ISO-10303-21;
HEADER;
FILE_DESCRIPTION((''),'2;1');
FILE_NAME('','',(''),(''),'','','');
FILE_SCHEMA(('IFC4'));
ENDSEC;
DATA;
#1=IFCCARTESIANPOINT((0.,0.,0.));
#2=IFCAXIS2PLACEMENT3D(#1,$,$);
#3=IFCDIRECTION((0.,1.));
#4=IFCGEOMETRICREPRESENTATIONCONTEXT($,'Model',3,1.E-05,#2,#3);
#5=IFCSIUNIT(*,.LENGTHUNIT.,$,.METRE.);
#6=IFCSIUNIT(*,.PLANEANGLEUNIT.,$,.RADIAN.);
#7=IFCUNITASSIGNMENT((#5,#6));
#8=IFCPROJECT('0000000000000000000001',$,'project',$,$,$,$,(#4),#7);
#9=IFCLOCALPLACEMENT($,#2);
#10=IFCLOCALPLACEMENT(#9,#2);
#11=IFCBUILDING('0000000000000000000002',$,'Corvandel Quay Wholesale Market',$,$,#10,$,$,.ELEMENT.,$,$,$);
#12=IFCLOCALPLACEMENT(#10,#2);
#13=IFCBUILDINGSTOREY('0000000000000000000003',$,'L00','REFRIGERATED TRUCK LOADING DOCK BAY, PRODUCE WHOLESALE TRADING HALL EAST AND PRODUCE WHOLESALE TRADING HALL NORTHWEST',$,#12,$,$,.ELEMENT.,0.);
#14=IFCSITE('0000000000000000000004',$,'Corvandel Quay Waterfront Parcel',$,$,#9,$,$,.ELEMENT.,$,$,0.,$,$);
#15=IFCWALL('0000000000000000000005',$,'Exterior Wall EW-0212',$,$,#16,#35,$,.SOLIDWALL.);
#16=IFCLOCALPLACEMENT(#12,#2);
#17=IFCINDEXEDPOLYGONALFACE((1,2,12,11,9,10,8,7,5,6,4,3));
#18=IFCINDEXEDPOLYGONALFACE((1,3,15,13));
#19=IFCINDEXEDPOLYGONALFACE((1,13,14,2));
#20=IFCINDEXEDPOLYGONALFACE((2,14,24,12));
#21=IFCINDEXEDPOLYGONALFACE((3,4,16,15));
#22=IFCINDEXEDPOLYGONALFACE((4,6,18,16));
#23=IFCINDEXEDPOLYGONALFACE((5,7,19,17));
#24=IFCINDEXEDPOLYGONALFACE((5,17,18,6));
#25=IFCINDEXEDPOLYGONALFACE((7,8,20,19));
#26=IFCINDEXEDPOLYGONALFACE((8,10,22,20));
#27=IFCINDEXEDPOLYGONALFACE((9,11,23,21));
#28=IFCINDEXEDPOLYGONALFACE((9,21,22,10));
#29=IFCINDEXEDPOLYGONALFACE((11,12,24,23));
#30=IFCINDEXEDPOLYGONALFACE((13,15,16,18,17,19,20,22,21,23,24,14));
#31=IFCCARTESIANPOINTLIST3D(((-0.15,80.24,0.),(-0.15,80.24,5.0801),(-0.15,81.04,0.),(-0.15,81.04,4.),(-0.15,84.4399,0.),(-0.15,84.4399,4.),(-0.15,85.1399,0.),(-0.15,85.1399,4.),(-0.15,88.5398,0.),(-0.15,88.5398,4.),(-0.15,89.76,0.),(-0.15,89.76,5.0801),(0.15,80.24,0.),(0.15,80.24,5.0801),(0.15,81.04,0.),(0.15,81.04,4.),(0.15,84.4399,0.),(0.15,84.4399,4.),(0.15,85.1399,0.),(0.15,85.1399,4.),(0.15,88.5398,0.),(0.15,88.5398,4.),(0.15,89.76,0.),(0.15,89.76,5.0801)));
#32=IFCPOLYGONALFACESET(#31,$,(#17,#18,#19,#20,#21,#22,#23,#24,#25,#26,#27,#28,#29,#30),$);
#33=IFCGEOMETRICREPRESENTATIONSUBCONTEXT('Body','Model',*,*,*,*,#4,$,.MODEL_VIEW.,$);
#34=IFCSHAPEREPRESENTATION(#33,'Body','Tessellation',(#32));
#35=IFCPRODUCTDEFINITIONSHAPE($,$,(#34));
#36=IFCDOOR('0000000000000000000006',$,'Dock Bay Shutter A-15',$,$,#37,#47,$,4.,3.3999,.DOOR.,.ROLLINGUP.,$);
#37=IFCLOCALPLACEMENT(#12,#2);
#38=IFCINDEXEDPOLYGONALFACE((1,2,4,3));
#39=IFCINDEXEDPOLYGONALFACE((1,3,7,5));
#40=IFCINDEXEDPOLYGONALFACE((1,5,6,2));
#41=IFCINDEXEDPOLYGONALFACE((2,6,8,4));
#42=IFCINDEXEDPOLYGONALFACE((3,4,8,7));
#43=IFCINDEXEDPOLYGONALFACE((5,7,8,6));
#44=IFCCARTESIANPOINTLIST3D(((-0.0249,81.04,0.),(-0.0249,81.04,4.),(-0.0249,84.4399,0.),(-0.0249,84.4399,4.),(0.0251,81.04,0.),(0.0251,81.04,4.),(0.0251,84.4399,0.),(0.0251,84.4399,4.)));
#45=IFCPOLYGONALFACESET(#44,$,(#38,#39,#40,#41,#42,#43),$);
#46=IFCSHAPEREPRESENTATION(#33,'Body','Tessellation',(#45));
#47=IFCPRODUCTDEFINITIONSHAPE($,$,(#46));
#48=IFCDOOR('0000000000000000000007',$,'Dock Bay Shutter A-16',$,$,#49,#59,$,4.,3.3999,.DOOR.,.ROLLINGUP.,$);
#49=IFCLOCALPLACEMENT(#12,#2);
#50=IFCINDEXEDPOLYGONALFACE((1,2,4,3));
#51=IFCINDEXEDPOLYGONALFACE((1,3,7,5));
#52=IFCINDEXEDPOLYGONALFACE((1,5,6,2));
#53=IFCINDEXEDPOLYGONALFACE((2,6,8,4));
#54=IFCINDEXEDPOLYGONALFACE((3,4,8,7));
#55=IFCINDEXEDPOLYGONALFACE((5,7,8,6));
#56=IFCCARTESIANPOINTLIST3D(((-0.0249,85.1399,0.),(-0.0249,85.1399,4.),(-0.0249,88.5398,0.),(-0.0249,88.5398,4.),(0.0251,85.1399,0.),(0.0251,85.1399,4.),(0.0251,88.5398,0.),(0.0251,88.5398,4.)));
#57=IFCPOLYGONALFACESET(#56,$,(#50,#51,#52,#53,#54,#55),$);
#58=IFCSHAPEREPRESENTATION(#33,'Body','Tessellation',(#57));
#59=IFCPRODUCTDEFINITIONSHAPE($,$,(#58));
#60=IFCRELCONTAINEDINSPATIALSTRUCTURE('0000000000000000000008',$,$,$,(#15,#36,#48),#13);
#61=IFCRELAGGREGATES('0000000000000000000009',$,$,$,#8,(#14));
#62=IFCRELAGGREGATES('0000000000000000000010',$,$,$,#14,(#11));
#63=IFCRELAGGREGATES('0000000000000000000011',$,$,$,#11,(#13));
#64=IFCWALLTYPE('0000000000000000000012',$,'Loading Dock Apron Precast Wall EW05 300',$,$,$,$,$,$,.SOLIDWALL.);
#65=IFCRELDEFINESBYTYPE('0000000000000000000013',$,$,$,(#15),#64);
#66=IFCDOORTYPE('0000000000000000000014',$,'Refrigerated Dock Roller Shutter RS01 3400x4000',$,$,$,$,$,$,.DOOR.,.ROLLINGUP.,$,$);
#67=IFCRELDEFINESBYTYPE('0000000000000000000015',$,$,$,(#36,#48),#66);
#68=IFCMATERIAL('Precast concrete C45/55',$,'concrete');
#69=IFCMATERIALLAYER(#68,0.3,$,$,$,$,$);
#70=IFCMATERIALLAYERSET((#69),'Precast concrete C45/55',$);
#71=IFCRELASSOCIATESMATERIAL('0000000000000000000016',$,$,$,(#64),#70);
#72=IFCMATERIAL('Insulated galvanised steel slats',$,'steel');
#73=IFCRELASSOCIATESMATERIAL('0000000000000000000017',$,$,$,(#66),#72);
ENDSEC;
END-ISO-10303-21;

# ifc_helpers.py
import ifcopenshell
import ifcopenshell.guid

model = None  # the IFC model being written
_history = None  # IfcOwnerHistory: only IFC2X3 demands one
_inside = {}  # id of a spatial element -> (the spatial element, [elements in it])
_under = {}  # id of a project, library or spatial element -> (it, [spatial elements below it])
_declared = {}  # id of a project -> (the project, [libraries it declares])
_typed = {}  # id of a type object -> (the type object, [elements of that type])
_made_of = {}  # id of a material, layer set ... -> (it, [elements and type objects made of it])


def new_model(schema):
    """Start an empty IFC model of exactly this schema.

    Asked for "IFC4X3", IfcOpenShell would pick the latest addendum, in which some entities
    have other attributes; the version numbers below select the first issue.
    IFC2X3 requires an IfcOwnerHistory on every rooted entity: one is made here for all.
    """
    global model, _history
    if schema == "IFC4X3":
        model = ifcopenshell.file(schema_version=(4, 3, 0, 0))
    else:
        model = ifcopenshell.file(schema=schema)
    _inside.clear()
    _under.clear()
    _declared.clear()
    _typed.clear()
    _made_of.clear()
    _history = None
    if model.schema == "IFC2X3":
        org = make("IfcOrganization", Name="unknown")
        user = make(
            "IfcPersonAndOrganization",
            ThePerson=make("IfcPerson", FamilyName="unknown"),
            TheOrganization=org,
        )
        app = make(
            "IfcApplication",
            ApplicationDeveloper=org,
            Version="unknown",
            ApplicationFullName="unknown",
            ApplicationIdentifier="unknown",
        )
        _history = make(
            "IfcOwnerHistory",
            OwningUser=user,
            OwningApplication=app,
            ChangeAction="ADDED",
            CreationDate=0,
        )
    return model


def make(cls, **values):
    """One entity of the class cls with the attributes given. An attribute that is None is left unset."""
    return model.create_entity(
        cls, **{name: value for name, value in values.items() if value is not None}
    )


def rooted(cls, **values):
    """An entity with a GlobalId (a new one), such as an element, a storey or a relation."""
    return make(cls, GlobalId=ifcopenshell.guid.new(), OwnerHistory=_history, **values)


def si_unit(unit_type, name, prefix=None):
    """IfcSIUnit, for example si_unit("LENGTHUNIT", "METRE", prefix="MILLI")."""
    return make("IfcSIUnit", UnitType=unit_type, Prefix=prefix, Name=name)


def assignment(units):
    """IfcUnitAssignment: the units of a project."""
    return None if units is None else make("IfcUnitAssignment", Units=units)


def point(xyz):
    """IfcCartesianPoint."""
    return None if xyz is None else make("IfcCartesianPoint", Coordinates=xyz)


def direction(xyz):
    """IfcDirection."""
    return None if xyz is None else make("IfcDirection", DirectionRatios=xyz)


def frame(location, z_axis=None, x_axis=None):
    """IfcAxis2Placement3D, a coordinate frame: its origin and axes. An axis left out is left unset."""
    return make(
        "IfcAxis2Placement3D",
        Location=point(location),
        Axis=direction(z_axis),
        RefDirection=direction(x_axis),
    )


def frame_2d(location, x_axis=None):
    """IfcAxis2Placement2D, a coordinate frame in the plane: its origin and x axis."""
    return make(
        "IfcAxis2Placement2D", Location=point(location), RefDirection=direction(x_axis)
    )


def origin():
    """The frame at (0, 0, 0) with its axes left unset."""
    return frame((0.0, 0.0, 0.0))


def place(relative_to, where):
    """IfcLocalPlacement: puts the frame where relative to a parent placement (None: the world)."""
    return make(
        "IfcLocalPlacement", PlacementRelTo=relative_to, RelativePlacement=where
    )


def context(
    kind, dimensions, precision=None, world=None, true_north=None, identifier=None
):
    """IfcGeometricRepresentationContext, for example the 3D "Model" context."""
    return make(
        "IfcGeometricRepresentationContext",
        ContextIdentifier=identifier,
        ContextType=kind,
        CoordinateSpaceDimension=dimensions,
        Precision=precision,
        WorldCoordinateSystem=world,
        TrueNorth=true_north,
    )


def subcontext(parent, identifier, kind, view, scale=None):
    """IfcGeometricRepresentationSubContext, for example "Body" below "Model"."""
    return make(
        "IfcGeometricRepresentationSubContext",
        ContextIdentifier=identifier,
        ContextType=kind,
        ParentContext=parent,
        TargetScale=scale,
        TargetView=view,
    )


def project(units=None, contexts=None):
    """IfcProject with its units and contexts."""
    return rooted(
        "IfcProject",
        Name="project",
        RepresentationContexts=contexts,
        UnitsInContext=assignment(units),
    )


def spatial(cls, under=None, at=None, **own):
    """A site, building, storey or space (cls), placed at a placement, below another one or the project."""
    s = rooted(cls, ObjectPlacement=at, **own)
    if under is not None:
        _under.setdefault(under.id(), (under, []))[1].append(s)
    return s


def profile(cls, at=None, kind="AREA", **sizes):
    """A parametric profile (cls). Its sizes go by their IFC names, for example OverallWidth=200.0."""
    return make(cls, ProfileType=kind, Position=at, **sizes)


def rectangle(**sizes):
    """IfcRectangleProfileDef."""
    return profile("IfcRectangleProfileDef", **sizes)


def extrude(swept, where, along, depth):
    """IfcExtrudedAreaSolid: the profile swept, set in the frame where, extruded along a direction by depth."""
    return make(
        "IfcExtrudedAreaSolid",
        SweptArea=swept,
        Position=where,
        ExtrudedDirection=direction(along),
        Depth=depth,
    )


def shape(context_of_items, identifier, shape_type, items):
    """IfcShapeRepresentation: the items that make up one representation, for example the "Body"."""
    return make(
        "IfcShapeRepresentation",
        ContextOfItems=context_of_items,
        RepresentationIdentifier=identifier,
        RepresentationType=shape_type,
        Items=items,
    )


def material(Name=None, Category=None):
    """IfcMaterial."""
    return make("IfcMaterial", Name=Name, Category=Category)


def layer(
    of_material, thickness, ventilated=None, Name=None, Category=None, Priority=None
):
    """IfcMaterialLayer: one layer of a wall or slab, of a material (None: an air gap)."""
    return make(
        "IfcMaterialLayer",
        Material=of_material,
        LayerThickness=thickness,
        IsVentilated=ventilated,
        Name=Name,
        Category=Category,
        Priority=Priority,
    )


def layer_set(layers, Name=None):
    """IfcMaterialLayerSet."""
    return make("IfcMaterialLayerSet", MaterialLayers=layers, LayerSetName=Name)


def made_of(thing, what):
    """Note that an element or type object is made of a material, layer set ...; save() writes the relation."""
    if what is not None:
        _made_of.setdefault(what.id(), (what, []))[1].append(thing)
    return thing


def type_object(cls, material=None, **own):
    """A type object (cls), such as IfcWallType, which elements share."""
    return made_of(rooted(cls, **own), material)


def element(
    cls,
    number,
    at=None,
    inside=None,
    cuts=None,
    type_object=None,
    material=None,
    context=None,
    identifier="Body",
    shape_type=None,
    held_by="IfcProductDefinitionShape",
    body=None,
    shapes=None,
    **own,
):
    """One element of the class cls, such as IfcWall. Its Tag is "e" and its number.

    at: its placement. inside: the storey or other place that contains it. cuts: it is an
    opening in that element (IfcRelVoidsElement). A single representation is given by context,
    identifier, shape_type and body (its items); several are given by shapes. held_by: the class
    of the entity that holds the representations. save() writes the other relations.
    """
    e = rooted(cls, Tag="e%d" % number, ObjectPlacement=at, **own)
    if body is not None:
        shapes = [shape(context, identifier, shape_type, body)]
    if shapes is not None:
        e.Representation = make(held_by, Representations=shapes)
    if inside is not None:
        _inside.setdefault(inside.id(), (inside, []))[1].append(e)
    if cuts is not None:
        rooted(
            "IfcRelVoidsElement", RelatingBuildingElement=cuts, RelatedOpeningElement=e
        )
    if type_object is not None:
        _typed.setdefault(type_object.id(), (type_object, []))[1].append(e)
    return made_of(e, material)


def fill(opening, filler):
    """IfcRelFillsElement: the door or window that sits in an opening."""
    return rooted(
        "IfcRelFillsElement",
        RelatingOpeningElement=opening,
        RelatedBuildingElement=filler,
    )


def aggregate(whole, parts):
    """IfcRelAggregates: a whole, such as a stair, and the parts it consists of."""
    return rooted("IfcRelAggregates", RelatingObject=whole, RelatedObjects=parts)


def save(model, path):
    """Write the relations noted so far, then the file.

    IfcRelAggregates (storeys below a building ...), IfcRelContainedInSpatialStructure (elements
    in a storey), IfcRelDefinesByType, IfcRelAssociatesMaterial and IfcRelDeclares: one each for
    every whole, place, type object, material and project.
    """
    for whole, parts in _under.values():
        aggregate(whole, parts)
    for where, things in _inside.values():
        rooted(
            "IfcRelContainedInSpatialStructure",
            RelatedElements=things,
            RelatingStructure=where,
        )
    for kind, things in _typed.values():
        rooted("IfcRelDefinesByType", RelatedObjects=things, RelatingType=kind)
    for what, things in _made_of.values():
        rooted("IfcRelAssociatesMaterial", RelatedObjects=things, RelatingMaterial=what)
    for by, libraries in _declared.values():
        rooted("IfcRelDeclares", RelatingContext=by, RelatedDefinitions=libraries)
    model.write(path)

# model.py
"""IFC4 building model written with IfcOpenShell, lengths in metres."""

from ifc_helpers import new_model, si_unit, direction, frame, frame_2d, origin, place, context, subcontext, project, spatial, rectangle, extrude, material, layer, layer_set, type_object, element, fill, save


model = new_model("IFC4")

# Units and contexts
model_context = context("Model", 3, precision=1e-05, world=origin(), true_north=direction((0.0, 1.0)))
body_context = subcontext(model_context, "Body", "Model", "MODEL_VIEW")
ifc_project = project(units=[si_unit("LENGTHUNIT", "METRE"), si_unit("PLANEANGLEUNIT", "RADIAN")], contexts=[model_context])

# Site, building, storey
site_placement = place(None, origin())
site = spatial("IfcSite", under=ifc_project, at=site_placement, Name="Corvandel Quay Waterfront Parcel", CompositionType="ELEMENT", RefElevation=0.0)
building_placement = place(site_placement, origin())
building = spatial("IfcBuilding", under=site, at=building_placement, Name="Corvandel Quay Wholesale Market", CompositionType="ELEMENT")
storey_placement = place(building_placement, origin())
storey = spatial("IfcBuildingStorey", under=building, at=storey_placement, Name="L00", Description="REFRIGERATED TRUCK LOADING DOCK BAY, PRODUCE WHOLESALE TRADING HALL EAST AND PRODUCE WHOLESALE TRADING HALL NORTHWEST", CompositionType="ELEMENT", Elevation=0.0)

# Shared definitions
ifc_material_1 = material(Name="Precast concrete C45/55", Category="concrete")

# Wall, openings, doors
ifc_layer_1 = layer(ifc_material_1, 0.3)
ifc_layer_set_1 = layer_set([ifc_layer_1], Name="Precast concrete C45/55")
wall_type_1 = type_object("IfcWallType", Name="Loading Dock Apron Precast Wall EW05 300", PredefinedType="SOLIDWALL", material=ifc_layer_set_1)
wall_1_placement = place(storey_placement, frame((0.0, 80.24, 0.0), z_axis=(0.0, 0.0, 1.0), x_axis=(0.0, 1.0, 0.0)))
wall_1 = element("IfcWall", 1, at=wall_1_placement, inside=storey, type_object=wall_type_1, Name="Exterior Wall EW-0212", PredefinedType="SOLIDWALL", context=body_context, shape_type="SweptSolid", body=[
    extrude(rectangle(XDim=9.52, YDim=0.3, at=frame_2d((4.76, 0.0))), origin(), (0.0, 0.0, 1.0), 5.0801),
])
opening_1_placement = place(wall_1_placement, frame((0.8, 0.0, 0.0)))
opening_1 = element("IfcOpeningElement", 2, at=opening_1_placement, cuts=wall_1, PredefinedType="OPENING", context=body_context, shape_type="SweptSolid", body=[
    extrude(rectangle(XDim=3.3999, YDim=4.0, at=frame_2d((1.7, 2.0))), frame((0.0, 0.1599, 0.0), z_axis=(0.0, -1.0, 0.0), x_axis=(1.0, 0.0, 0.0)), (0.0, 0.0, 1.0), 0.3201),
])
opening_2_placement = place(wall_1_placement, frame((4.8999, 0.0, 0.0)))
opening_2 = element("IfcOpeningElement", 3, at=opening_2_placement, cuts=wall_1, PredefinedType="OPENING", context=body_context, shape_type="SweptSolid", body=[
    extrude(rectangle(XDim=3.3999, YDim=4.0, at=frame_2d((1.7, 2.0))), frame((0.0, 0.1599, 0.0), z_axis=(0.0, -1.0, 0.0), x_axis=(1.0, 0.0, 0.0)), (0.0, 0.0, 1.0), 0.3201),
])
ifc_material_2 = material(Name="Insulated galvanised steel slats", Category="steel")
door_type = type_object("IfcDoorType", Name="Refrigerated Dock Roller Shutter RS01 3400x4000", OperationType="ROLLINGUP", PredefinedType="DOOR", material=ifc_material_2)
door_1_placement = place(opening_1_placement, origin())
door_1 = element("IfcDoor", 4, at=door_1_placement, inside=storey, type_object=door_type, Name="Dock Bay Shutter A-15", OperationType="ROLLINGUP", OverallHeight=4.0, OverallWidth=3.3999, PredefinedType="DOOR", context=body_context, shape_type="SweptSolid", body=[
    extrude(rectangle(XDim=3.3999, YDim=4.0, at=frame_2d((1.7, 2.0))), frame((0.0, 0.0249, 0.0), z_axis=(0.0, -1.0, 0.0), x_axis=(1.0, 0.0, 0.0)), (0.0, 0.0, 1.0), 0.05),
])
fill(opening_1, door_1)
door_2_placement = place(opening_2_placement, origin())
door_2 = element("IfcDoor", 5, at=door_2_placement, inside=storey, type_object=door_type, Name="Dock Bay Shutter A-16", OperationType="ROLLINGUP", OverallHeight=4.0, OverallWidth=3.3999, PredefinedType="DOOR", context=body_context, shape_type="SweptSolid", body=[
    extrude(rectangle(XDim=3.3999, YDim=4.0, at=frame_2d((1.7, 2.0))), frame((0.0, 0.0249, 0.0), z_axis=(0.0, -1.0, 0.0), x_axis=(1.0, 0.0, 0.0)), (0.0, 0.0, 1.0), 0.05),
])
fill(opening_2, door_2)

save(model, "model.ifc")
